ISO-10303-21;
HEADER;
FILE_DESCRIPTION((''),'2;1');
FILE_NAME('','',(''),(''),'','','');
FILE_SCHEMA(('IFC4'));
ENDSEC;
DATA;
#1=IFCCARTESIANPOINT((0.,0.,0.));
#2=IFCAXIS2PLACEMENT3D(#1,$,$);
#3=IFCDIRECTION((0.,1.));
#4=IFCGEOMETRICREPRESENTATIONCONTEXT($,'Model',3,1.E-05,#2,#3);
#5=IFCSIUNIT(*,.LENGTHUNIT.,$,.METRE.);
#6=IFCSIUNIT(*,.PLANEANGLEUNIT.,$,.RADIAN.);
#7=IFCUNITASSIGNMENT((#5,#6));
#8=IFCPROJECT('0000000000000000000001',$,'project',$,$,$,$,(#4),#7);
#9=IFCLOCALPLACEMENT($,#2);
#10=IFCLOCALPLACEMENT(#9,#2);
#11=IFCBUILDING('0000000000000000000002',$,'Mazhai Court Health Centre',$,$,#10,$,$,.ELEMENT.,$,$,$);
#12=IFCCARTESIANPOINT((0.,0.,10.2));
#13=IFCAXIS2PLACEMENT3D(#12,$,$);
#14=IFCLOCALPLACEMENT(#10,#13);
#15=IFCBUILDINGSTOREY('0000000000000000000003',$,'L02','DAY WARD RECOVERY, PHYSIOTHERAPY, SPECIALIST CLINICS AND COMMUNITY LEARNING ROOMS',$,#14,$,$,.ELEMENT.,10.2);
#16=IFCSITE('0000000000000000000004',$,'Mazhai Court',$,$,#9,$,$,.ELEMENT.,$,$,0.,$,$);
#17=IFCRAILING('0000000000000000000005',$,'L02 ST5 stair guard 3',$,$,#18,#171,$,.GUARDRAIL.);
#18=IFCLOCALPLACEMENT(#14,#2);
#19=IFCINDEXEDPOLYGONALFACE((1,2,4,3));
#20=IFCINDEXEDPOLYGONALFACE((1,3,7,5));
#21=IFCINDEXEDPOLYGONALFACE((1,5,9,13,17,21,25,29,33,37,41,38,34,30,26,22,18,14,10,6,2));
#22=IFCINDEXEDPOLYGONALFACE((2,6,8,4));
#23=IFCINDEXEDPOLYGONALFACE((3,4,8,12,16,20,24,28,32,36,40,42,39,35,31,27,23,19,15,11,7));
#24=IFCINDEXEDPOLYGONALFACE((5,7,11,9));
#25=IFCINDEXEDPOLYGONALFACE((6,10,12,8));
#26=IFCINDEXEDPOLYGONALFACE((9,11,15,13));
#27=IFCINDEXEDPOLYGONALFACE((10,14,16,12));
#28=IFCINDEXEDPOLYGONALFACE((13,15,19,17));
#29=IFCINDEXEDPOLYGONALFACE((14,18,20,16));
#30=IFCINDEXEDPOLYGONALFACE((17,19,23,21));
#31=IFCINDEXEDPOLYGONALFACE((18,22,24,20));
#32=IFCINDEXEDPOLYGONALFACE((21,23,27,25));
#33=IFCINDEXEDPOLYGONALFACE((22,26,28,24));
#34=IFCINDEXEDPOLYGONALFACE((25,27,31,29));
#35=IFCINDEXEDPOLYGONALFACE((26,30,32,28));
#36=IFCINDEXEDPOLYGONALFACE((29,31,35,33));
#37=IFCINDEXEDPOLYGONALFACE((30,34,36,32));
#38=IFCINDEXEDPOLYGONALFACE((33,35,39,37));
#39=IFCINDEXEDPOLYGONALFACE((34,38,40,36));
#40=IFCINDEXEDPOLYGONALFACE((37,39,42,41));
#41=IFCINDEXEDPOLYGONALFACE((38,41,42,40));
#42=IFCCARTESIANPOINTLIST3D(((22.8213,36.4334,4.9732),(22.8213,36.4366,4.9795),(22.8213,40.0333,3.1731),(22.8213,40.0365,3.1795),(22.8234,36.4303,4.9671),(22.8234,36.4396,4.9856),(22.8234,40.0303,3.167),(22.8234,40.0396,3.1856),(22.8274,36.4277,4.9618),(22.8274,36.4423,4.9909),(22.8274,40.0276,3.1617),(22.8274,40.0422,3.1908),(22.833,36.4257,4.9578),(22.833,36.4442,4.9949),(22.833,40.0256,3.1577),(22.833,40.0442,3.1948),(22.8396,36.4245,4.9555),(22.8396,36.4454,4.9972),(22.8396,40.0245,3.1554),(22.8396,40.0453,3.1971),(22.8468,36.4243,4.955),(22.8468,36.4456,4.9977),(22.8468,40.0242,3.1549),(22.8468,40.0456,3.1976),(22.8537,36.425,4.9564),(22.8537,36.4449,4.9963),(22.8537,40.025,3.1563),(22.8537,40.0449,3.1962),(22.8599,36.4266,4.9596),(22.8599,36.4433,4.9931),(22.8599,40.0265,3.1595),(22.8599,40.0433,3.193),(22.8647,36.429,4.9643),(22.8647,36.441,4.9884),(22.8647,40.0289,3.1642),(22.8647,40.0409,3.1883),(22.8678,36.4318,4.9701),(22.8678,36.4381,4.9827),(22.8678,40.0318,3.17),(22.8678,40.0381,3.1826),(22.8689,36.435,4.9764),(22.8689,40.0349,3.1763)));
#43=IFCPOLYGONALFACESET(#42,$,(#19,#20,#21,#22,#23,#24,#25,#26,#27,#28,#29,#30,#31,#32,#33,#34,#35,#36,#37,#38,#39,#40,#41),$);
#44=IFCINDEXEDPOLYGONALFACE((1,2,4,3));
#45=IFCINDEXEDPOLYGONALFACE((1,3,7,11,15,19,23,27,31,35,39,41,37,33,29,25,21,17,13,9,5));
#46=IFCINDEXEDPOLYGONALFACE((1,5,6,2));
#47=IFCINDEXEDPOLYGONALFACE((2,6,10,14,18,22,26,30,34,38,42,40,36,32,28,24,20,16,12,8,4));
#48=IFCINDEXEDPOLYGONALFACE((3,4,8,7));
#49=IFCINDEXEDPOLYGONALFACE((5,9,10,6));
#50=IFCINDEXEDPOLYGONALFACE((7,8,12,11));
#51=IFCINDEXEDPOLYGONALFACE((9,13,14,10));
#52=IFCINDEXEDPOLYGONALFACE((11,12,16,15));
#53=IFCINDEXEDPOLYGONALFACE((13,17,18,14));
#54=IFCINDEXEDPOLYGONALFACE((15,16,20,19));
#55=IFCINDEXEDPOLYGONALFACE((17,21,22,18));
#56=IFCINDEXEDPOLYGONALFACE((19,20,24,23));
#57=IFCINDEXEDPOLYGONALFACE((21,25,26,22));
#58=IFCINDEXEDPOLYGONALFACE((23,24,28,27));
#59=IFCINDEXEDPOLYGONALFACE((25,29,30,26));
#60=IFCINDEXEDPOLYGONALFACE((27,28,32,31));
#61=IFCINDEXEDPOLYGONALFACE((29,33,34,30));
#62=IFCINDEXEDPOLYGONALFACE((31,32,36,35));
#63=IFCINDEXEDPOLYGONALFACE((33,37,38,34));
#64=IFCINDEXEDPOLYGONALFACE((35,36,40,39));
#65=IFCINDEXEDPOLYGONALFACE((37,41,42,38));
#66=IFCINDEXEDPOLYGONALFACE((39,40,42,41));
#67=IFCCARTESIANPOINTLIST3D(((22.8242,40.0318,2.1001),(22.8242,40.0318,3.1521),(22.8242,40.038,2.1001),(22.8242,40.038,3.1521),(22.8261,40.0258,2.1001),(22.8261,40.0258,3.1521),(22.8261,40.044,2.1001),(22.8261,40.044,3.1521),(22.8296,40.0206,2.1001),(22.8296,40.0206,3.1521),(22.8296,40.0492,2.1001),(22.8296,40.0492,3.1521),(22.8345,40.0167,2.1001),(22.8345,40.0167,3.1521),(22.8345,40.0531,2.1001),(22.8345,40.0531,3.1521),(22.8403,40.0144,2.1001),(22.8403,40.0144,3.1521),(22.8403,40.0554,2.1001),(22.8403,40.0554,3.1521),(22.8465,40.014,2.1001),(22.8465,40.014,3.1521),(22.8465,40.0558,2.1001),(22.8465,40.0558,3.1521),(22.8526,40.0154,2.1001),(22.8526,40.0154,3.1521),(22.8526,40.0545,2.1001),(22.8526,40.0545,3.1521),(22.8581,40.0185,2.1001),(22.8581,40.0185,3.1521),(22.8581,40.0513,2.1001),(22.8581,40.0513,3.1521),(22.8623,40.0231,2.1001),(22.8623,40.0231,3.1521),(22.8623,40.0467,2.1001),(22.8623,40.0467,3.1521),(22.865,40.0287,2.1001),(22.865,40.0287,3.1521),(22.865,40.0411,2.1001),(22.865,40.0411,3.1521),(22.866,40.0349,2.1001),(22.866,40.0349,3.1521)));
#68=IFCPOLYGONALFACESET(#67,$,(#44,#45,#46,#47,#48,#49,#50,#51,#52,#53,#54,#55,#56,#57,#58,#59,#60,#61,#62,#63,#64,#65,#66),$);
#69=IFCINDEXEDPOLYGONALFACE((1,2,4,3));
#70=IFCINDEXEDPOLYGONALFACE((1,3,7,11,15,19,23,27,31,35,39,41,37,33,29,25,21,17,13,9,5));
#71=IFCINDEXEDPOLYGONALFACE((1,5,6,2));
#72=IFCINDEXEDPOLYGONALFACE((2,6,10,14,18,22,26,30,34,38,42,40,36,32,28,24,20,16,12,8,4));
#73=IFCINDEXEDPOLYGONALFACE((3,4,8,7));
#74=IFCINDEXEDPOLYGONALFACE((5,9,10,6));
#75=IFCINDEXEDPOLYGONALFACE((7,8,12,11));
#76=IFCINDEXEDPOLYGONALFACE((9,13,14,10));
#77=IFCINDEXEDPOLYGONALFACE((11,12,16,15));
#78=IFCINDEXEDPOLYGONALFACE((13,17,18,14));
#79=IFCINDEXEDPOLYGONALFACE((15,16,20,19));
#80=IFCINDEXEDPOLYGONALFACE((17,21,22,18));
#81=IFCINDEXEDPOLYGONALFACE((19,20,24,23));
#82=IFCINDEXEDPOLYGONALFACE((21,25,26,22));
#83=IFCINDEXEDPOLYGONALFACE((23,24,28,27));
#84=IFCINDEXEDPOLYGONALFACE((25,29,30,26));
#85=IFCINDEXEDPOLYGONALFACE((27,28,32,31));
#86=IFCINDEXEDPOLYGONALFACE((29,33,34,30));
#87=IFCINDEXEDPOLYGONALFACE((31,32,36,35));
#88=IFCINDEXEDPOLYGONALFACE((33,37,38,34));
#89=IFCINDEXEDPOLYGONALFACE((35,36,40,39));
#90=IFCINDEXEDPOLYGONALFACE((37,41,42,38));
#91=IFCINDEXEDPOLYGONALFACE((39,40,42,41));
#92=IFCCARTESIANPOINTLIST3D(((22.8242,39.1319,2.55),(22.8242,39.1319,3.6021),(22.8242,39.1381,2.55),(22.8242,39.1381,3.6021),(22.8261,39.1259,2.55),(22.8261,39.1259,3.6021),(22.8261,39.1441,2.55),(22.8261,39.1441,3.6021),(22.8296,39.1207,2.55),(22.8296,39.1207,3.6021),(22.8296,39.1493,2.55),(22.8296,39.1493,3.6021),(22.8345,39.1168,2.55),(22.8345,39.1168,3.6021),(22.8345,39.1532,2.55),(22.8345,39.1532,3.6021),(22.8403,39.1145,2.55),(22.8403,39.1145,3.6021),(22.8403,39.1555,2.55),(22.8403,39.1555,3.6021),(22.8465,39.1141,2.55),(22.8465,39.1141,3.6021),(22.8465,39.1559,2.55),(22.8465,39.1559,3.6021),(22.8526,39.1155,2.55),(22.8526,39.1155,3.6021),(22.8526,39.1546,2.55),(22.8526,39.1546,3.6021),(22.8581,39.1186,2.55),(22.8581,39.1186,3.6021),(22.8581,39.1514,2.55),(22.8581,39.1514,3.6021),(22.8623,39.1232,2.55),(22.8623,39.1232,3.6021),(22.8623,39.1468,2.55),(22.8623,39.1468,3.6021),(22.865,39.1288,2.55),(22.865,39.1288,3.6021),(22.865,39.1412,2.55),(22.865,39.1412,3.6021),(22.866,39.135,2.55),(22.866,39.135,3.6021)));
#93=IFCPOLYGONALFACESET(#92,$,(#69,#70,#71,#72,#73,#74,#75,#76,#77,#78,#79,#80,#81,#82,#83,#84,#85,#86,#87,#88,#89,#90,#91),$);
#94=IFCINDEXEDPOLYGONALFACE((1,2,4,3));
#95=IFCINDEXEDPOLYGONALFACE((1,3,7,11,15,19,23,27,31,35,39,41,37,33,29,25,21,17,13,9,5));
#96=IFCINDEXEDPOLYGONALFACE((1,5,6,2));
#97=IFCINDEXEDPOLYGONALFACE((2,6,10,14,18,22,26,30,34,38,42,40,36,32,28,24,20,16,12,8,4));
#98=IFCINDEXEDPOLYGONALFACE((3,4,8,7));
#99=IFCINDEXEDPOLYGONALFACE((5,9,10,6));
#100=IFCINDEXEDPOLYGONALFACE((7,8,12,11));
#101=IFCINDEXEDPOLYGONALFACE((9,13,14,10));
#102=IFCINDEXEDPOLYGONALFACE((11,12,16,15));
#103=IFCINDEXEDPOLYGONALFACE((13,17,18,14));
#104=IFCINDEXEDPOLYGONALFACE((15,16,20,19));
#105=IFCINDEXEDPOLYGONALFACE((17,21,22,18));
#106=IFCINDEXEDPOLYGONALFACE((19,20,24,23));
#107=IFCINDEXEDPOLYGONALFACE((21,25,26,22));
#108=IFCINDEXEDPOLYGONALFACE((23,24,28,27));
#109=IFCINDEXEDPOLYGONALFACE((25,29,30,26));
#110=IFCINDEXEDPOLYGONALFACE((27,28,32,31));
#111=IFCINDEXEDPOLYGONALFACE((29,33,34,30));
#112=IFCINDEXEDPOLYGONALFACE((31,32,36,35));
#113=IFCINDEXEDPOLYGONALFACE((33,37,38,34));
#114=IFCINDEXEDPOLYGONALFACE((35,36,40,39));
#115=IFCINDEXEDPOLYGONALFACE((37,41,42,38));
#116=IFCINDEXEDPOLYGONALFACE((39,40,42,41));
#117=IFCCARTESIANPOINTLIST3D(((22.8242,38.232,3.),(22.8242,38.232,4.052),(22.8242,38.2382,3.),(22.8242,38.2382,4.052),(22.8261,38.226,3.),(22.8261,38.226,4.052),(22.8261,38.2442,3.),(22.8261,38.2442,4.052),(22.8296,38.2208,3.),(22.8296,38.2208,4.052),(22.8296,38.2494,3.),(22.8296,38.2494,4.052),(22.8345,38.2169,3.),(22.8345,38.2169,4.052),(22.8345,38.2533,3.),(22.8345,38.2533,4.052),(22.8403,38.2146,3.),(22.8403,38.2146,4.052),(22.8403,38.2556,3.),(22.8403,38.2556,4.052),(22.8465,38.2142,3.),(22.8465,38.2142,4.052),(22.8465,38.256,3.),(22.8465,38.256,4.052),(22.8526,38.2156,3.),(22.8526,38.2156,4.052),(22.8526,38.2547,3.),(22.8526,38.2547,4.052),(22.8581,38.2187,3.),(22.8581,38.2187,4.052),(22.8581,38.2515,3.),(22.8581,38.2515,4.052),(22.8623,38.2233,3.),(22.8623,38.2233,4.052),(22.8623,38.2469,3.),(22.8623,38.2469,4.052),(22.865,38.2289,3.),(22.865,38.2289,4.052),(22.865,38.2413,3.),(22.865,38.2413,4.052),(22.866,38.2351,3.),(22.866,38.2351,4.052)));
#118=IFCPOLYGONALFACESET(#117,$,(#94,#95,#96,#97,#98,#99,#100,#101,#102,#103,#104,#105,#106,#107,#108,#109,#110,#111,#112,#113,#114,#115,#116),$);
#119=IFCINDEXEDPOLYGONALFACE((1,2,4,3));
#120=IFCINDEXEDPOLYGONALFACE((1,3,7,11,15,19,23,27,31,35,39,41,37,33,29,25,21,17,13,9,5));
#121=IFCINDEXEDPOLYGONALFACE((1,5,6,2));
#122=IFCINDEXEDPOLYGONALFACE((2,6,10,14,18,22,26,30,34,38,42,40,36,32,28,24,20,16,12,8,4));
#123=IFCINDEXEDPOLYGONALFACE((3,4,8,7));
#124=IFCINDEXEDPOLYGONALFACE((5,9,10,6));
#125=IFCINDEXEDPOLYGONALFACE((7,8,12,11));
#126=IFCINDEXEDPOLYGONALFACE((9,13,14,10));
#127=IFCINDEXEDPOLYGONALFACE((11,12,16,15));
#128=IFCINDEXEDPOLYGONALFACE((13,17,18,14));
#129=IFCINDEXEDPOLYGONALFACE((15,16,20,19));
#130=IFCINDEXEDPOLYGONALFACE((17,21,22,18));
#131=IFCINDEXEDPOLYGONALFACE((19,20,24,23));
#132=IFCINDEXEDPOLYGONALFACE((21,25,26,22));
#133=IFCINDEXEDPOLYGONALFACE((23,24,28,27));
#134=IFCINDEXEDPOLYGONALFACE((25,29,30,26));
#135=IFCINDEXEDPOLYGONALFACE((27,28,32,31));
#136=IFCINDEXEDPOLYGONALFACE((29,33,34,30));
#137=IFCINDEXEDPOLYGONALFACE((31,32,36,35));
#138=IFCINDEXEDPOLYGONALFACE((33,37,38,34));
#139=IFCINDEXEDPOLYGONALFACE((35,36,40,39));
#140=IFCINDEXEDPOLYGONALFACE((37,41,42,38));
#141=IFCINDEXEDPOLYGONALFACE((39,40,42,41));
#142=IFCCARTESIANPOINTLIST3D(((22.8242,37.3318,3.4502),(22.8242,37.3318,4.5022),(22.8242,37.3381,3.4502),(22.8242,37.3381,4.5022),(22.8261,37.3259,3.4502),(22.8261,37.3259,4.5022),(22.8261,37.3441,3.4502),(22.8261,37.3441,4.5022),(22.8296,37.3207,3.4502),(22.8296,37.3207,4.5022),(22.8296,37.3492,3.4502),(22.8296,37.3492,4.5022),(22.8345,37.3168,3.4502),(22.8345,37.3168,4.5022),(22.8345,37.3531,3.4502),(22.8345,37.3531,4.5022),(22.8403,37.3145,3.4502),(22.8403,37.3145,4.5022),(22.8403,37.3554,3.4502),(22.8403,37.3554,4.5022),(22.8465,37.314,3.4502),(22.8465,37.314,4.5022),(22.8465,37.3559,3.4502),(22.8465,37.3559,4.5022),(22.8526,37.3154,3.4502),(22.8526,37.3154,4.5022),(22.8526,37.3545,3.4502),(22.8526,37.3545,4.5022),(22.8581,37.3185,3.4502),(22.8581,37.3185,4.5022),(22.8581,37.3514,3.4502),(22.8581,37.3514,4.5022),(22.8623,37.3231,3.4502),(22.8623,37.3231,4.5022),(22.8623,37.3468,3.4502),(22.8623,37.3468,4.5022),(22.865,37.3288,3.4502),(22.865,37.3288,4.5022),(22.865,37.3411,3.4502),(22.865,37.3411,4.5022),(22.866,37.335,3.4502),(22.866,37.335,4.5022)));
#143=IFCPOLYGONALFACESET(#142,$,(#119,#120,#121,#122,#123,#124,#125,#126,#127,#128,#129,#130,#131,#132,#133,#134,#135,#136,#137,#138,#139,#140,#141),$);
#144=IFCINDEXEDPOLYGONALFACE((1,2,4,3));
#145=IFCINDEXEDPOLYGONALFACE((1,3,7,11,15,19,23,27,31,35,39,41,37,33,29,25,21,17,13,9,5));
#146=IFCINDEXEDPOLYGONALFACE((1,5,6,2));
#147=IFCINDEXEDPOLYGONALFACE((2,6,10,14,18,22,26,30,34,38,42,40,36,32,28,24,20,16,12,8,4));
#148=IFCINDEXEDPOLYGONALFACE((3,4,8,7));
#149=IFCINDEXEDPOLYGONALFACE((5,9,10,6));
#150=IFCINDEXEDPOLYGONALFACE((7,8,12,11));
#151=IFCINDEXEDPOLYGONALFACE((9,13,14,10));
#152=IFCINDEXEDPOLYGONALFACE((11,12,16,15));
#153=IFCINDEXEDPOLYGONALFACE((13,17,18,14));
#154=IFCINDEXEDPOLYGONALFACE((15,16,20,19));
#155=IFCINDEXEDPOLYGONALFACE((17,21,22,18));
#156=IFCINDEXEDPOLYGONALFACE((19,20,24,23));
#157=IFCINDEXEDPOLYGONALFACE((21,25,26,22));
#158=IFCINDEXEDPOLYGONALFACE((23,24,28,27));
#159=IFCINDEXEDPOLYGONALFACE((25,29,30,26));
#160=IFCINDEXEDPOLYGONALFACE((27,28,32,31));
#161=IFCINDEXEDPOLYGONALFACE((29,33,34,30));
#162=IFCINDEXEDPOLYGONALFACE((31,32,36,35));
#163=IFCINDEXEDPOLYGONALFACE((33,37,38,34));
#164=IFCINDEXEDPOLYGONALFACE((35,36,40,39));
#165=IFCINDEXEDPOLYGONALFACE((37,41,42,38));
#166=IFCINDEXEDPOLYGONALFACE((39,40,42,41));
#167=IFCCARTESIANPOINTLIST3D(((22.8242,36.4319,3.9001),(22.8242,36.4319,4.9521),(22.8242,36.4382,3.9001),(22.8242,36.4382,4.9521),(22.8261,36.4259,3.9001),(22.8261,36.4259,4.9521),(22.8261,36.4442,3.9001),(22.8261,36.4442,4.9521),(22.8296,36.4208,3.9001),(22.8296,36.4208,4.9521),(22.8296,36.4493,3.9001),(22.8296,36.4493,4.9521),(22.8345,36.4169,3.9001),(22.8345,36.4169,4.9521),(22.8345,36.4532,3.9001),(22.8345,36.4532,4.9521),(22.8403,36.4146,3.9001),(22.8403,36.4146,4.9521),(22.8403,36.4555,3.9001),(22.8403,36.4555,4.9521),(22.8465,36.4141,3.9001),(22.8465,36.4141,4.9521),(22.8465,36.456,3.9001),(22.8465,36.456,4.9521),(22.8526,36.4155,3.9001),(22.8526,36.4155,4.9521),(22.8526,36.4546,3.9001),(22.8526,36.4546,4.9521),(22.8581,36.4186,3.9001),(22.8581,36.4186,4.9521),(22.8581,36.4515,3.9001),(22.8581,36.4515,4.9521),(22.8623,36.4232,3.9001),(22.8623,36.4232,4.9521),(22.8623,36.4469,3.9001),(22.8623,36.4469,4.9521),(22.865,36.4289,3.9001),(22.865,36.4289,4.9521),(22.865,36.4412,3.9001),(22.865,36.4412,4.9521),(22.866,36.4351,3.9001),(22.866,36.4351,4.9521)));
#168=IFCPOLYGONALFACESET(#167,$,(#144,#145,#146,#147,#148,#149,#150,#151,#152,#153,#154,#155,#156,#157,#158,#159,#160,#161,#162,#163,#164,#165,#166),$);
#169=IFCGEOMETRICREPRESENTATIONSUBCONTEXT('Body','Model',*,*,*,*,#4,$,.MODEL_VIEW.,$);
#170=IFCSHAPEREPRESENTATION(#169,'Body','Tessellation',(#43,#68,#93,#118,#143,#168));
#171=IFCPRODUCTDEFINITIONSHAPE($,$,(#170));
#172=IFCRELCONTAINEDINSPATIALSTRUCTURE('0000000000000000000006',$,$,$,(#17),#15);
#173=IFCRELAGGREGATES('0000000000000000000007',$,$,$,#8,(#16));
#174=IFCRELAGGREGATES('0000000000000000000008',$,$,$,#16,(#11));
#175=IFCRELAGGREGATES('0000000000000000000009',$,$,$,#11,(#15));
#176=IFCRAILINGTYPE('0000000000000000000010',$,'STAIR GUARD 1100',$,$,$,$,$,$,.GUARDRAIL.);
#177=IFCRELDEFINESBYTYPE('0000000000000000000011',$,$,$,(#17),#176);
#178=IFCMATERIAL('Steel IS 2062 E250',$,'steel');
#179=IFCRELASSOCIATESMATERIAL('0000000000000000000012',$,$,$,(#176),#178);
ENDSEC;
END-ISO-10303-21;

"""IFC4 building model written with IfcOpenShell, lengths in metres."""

from ifc_helpers import new_model, si_unit, direction, frame, origin, origin_2d, place, context, subcontext, project, spatial, circle, extrude, material, type_object, element, save


model = new_model("IFC4")

# Units and contexts
model_context = context("Model", 3, precision=1e-05, world=origin(), true_north=direction((0.0, 1.0)))
body_context = subcontext(model_context, "Body", "Model", "MODEL_VIEW")
ifc_project = project(units=[si_unit("LENGTHUNIT", "METRE"), si_unit("PLANEANGLEUNIT", "RADIAN")], contexts=[model_context])

# Site, building, storey
site_placement = place(None, origin())
site = spatial("IfcSite", under=ifc_project, at=site_placement, Name="Mazhai Court", CompositionType="ELEMENT", RefElevation=0.0)
building_placement = place(site_placement, origin())
building = spatial("IfcBuilding", under=site, at=building_placement, Name="Mazhai Court Health Centre", CompositionType="ELEMENT")
storey_placement = place(building_placement, frame((0.0, 0.0, 10.2)))
storey = spatial("IfcBuildingStorey", under=building, at=storey_placement, Name="L02", Description="DAY WARD RECOVERY, PHYSIOTHERAPY, SPECIALIST CLINICS AND COMMUNITY LEARNING ROOMS", CompositionType="ELEMENT", Elevation=10.2)

# Railing
ifc_material_1 = material(Name="Steel IS 2062 E250", Category="steel")
railing_type_1 = type_object("IfcRailingType", Name="STAIR GUARD 1100", PredefinedType="GUARDRAIL", material=ifc_material_1)
railing_1_placement = place(storey_placement, frame((22.845, 40.0349, 2.1001)))
element("IfcRailing", 1, at=railing_1_placement, inside=storey, type_object=railing_type_1, Name="L02 ST5 stair guard 3", PredefinedType="GUARDRAIL", context=body_context, shape_type="SweptSolid", body=[
    extrude(circle(Radius=0.0239, at=origin_2d()), frame((0.0, 0.0, 1.0762), z_axis=(0.0, -0.894415, 0.447238), x_axis=(1.0, 0.0, 0.0)), (0.0, 0.0, 1.0), 4.0249),
    extrude(circle(Radius=0.021, at=origin_2d()), origin(), (0.0, 0.0, 1.0), 1.052),
    extrude(circle(Radius=0.021, at=origin_2d()), frame((0.0, -0.8999, 0.45)), (0.0, 0.0, 1.0), 1.052),
    extrude(circle(Radius=0.021, at=origin_2d()), frame((0.0, -1.7998, 0.8999)), (0.0, 0.0, 1.0), 1.052),
    extrude(circle(Radius=0.021, at=origin_2d()), frame((0.0, -2.7, 1.3501)), (0.0, 0.0, 1.0), 1.052),
    extrude(circle(Radius=0.021, at=origin_2d()), frame((0.0, -3.5999, 1.8)), (0.0, 0.0, 1.0), 1.052),
])

save(model, "model.ifc")
